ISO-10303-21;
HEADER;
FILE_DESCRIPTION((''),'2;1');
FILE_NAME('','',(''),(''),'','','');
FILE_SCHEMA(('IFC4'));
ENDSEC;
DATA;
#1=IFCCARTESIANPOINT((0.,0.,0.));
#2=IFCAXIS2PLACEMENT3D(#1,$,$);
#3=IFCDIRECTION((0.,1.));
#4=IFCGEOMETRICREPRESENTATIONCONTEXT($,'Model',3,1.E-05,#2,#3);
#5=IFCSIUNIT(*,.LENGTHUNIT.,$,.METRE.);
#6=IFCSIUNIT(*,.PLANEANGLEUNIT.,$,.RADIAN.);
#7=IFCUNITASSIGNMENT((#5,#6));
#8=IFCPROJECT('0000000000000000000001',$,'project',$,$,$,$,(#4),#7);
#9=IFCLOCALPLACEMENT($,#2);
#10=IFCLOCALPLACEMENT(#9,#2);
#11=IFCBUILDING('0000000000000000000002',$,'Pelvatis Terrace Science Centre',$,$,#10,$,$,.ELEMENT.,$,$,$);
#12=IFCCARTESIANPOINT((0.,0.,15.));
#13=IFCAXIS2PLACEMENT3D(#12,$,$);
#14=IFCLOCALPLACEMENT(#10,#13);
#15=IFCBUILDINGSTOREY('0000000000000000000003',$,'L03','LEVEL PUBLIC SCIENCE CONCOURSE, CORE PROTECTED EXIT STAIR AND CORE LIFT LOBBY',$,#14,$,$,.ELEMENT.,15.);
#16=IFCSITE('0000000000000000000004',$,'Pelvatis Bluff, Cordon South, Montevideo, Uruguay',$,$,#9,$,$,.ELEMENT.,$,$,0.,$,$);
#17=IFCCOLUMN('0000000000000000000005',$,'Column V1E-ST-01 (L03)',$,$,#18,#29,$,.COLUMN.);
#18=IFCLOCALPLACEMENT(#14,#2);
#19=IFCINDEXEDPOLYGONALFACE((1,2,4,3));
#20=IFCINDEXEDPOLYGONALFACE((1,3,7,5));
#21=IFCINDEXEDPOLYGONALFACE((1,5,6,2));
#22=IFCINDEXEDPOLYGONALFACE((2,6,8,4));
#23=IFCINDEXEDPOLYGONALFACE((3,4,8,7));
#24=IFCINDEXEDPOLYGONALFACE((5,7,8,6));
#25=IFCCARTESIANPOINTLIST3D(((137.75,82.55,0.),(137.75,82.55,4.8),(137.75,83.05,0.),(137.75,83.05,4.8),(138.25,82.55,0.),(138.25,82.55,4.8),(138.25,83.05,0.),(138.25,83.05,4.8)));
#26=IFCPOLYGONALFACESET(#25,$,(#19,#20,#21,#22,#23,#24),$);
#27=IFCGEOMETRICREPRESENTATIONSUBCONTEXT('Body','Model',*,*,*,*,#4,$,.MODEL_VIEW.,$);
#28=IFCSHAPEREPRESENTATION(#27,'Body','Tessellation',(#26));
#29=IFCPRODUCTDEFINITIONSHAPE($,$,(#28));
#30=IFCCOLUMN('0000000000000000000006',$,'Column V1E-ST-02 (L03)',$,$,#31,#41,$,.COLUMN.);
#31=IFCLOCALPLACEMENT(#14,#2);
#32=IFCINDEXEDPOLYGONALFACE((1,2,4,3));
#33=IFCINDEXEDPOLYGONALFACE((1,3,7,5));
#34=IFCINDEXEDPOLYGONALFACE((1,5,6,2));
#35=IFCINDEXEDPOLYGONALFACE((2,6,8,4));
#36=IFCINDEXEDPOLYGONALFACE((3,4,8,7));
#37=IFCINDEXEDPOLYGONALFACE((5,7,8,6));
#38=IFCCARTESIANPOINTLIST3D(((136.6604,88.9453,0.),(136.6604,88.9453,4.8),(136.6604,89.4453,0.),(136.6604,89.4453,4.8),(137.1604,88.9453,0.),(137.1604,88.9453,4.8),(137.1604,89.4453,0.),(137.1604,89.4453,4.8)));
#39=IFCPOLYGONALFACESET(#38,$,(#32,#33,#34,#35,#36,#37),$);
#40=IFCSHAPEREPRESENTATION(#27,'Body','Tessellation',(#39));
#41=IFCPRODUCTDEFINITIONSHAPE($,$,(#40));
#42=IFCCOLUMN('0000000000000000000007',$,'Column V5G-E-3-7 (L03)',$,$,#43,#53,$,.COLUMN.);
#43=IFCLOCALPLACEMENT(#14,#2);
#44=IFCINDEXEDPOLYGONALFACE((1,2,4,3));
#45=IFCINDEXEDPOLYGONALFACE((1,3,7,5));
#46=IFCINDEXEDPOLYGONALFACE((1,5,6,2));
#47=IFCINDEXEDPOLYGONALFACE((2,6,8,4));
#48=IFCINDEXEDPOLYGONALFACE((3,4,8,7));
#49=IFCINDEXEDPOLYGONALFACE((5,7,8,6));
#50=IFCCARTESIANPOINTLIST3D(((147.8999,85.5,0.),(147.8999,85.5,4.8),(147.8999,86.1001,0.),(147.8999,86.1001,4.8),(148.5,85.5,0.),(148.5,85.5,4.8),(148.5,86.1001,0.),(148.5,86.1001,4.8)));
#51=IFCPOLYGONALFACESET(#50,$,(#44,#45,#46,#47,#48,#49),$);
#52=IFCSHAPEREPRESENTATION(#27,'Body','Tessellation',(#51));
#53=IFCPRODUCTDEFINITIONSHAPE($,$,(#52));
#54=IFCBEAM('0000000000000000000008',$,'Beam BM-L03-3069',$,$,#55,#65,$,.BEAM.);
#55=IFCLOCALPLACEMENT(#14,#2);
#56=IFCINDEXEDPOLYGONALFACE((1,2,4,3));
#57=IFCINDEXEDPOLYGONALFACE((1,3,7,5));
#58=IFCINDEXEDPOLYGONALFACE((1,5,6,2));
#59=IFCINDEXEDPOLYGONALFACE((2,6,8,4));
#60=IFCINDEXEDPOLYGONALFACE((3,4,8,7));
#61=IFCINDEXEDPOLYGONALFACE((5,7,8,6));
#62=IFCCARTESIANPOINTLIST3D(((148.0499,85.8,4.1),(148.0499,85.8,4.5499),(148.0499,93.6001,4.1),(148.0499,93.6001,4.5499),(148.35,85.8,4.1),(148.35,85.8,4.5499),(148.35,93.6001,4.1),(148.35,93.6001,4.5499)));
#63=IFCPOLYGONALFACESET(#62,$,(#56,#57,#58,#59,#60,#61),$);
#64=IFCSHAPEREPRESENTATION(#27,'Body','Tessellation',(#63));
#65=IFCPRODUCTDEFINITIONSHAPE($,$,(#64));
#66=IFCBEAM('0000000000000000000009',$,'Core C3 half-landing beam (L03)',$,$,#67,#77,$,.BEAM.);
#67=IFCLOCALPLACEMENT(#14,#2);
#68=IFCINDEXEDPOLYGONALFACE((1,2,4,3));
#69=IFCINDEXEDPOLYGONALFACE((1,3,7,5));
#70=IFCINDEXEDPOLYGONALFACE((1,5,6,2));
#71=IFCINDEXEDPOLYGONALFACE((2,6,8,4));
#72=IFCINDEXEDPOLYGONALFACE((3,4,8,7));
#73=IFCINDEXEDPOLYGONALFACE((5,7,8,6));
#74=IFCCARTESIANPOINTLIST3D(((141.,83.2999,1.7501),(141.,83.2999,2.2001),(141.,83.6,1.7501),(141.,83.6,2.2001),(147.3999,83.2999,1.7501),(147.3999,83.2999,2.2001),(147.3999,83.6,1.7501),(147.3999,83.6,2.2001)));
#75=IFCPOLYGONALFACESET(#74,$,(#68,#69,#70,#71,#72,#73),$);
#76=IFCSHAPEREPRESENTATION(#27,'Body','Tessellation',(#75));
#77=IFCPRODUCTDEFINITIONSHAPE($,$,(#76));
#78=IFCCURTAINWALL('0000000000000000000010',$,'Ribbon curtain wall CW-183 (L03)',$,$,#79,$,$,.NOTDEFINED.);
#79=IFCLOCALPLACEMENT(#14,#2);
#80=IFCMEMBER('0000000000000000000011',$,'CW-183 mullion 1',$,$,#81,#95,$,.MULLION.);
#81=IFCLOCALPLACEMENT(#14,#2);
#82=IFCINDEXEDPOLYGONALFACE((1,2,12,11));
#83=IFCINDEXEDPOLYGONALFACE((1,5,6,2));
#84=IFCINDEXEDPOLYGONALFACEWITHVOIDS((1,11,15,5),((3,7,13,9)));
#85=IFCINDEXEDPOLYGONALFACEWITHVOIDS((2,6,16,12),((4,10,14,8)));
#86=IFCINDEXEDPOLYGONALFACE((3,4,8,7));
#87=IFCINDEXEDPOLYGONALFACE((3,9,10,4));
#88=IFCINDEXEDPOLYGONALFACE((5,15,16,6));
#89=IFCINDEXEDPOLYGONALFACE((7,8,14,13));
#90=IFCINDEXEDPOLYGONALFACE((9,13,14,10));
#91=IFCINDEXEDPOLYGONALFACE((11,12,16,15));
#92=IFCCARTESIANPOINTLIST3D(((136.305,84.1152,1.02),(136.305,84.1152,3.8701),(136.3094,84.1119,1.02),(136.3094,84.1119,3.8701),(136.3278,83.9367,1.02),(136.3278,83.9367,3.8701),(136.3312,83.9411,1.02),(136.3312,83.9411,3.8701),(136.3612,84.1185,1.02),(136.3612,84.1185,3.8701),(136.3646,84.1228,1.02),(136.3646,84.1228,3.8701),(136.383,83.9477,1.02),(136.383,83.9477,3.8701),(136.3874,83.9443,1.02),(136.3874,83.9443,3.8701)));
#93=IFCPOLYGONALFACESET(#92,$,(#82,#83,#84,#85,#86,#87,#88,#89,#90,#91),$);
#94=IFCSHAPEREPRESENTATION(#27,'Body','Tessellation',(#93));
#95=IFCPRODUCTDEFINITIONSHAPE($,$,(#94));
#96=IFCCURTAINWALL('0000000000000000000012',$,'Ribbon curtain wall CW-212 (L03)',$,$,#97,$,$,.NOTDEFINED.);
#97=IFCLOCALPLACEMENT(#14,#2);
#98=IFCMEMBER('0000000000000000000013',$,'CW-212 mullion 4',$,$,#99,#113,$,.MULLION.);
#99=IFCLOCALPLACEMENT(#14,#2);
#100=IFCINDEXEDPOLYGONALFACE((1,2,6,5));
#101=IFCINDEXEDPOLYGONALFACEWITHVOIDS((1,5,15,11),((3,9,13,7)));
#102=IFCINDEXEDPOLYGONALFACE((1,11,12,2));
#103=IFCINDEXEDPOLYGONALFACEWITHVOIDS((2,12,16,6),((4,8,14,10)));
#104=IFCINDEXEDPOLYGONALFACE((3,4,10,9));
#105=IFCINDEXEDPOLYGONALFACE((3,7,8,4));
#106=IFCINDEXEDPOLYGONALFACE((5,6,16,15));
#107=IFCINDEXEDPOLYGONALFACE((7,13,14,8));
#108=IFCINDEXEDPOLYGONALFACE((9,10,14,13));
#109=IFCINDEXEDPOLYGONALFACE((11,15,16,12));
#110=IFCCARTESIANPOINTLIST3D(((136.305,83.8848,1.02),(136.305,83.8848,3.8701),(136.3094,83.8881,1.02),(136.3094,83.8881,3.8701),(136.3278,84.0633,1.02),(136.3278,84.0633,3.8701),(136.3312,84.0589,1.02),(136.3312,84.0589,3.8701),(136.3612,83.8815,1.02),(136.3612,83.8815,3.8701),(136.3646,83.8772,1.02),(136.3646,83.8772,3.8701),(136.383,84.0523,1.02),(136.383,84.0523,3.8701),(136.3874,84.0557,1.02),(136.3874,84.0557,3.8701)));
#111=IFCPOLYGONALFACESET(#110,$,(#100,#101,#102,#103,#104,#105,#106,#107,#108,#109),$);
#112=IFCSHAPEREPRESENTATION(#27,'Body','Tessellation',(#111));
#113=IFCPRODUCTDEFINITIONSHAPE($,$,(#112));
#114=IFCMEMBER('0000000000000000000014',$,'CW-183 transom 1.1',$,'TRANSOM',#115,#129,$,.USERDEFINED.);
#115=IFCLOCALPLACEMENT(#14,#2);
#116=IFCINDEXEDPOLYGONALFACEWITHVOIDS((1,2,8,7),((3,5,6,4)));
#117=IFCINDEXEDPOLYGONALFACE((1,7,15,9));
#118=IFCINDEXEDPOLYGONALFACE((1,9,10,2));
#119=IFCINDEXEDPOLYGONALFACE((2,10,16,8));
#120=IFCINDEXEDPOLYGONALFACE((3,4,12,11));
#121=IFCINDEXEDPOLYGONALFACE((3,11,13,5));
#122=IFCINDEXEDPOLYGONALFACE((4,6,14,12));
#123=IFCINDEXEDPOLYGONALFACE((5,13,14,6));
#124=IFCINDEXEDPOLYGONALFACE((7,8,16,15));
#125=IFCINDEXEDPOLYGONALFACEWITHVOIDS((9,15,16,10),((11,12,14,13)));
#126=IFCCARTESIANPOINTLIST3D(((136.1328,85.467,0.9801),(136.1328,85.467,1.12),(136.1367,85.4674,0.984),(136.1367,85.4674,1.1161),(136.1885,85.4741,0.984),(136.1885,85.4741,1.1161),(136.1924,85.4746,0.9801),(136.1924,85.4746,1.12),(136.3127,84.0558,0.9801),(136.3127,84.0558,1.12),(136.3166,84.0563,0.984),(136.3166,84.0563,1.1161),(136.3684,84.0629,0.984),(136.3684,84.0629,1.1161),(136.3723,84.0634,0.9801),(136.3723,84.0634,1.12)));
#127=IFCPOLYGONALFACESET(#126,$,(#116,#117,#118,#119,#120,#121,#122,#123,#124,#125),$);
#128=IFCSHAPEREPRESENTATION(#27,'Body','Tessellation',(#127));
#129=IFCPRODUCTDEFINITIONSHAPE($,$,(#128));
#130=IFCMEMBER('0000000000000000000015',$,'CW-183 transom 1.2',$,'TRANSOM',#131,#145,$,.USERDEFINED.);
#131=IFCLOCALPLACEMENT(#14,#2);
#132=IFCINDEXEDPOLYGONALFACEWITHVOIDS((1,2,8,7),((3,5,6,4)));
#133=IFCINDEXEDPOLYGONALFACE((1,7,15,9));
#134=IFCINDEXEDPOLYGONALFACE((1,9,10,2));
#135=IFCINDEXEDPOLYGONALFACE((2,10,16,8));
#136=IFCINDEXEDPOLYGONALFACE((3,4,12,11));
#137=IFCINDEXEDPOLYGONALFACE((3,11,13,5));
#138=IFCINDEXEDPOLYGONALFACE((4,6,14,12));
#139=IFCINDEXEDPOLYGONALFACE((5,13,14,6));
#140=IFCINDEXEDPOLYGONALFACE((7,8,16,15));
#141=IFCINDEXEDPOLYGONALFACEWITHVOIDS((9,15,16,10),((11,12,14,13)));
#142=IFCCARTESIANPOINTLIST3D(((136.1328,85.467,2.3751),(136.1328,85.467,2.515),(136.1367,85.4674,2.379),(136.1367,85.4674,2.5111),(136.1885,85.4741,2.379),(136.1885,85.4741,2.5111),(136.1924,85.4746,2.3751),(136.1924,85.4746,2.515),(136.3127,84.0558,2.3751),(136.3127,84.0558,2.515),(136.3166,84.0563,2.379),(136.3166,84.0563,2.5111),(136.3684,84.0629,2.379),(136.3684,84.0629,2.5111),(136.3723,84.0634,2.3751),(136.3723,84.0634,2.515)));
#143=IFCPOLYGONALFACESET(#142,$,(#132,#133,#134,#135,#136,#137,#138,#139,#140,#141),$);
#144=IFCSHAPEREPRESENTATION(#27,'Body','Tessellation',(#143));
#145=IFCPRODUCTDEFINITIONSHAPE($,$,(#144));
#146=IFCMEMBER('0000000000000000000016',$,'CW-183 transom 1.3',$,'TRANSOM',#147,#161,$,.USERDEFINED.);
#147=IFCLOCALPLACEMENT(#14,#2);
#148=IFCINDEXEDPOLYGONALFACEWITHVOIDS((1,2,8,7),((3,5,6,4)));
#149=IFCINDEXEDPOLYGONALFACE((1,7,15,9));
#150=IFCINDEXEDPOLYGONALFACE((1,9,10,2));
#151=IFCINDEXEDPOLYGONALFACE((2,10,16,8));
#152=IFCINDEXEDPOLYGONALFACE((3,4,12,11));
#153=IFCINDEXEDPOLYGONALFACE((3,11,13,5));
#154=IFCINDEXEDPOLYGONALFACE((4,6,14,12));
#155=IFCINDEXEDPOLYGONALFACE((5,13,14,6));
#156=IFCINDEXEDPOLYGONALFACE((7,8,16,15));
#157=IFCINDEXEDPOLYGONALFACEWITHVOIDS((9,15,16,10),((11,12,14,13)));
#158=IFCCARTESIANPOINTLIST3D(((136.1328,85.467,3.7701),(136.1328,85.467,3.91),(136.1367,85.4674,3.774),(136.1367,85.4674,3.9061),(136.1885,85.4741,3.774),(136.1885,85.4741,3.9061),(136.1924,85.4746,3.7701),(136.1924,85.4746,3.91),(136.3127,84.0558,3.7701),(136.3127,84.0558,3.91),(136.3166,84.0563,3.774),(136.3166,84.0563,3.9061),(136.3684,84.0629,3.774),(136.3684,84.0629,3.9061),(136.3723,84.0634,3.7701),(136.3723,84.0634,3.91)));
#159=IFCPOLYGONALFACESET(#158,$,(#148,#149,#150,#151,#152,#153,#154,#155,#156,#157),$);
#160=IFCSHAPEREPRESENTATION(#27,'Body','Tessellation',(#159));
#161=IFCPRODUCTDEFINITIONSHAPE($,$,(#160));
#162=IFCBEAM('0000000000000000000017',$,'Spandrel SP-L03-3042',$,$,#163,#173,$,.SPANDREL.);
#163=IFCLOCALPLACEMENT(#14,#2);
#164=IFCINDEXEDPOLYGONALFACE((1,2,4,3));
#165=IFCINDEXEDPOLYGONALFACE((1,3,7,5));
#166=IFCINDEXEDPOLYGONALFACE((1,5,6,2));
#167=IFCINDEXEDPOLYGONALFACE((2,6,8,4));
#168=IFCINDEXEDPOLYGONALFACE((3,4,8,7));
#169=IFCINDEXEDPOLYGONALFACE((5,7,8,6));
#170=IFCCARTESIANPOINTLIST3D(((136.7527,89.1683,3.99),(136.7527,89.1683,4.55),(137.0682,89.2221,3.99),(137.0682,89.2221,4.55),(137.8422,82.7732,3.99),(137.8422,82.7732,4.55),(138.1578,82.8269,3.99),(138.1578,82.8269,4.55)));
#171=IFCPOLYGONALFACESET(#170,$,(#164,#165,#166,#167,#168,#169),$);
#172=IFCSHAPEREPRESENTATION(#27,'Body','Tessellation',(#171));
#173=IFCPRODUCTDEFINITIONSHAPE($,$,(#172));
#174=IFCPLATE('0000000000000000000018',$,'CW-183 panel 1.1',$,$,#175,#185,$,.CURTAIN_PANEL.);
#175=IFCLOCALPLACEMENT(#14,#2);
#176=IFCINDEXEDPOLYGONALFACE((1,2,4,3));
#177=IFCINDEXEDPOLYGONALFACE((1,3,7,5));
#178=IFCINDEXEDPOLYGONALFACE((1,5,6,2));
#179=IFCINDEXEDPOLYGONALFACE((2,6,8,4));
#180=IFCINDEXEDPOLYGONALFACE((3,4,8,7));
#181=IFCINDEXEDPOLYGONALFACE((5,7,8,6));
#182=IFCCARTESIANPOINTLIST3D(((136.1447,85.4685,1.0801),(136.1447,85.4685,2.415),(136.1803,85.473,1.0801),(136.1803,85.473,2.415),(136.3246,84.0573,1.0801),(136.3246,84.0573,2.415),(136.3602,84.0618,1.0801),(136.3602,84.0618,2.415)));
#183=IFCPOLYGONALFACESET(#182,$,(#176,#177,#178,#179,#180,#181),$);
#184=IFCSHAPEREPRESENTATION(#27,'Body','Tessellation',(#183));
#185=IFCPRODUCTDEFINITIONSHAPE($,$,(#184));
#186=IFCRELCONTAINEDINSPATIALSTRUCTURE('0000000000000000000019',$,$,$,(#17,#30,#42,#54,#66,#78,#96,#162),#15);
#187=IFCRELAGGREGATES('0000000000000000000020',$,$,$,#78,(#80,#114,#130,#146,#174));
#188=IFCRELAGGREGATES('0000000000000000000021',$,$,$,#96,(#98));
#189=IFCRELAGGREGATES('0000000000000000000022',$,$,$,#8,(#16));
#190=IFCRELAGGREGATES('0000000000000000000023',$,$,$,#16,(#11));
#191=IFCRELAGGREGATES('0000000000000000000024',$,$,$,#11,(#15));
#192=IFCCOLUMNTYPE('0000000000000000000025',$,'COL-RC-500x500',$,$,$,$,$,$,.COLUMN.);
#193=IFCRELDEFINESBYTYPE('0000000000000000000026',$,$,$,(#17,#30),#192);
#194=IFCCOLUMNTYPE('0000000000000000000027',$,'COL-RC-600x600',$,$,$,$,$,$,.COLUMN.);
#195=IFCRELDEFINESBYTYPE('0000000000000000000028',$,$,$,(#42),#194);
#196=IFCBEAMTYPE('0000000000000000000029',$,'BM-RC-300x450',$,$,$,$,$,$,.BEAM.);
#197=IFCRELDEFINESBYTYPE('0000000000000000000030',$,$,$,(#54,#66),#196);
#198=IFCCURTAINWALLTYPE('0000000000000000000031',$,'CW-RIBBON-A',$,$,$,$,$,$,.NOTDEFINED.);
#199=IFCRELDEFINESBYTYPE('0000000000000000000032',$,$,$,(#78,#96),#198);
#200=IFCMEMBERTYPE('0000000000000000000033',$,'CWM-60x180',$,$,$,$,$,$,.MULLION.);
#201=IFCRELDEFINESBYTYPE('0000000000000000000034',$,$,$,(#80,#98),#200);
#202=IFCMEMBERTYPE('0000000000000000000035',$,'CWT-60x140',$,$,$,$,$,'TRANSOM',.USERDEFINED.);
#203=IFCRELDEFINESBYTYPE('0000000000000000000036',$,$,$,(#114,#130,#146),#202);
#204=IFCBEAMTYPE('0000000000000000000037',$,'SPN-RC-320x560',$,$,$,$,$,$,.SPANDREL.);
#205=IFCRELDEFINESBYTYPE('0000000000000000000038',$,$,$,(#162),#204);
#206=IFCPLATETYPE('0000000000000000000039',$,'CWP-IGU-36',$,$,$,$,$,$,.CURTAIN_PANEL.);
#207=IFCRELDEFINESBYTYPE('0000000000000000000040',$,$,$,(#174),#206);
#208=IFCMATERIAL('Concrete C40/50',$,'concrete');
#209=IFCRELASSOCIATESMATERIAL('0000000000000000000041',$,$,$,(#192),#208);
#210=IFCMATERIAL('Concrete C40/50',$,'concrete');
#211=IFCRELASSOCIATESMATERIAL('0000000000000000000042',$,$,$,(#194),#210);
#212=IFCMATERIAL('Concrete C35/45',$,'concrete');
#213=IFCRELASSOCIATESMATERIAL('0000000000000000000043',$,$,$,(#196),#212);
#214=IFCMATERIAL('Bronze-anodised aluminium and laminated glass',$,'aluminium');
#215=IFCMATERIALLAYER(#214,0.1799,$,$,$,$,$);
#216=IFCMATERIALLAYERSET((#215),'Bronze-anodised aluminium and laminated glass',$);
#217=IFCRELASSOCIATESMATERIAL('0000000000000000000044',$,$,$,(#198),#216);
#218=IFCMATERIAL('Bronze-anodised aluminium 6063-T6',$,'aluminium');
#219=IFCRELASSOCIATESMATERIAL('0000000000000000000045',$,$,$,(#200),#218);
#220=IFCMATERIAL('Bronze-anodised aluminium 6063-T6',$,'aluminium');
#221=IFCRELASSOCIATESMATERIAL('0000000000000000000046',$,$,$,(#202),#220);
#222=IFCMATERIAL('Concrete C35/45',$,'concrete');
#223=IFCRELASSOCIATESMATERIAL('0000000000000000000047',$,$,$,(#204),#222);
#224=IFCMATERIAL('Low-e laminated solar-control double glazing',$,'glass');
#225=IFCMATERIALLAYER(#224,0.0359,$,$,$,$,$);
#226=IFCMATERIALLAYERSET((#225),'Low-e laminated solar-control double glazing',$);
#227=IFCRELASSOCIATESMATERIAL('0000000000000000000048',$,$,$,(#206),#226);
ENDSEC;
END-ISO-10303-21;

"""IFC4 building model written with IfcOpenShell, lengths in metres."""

from ifc_helpers import new_model, si_unit, direction, frame, origin, origin_2d, place, context, subcontext, project, spatial, rectangle, hollow_rectangle, extrude, material, layer, layer_set, material_profile, profile_set, type_object, element, aggregate, save


model = new_model("IFC4")

# Units and contexts
model_context = context("Model", 3, precision=1e-05, world=origin(), true_north=direction((0.0, 1.0)))
body_context = subcontext(model_context, "Body", "Model", "MODEL_VIEW")
ifc_project = project(units=[si_unit("LENGTHUNIT", "METRE"), si_unit("PLANEANGLEUNIT", "RADIAN")], contexts=[model_context])

# Site, building, storey
site_placement = place(None, origin())
site = spatial("IfcSite", under=ifc_project, at=site_placement, Name="Pelvatis Bluff, Cordon South, Montevideo, Uruguay", CompositionType="ELEMENT", RefElevation=0.0)
building_placement = place(site_placement, origin())
building = spatial("IfcBuilding", under=site, at=building_placement, Name="Pelvatis Terrace Science Centre", CompositionType="ELEMENT")
storey_placement = place(building_placement, frame((0.0, 0.0, 15.0)))
storey = spatial("IfcBuildingStorey", under=building, at=storey_placement, Name="L03", Description="LEVEL PUBLIC SCIENCE CONCOURSE, CORE PROTECTED EXIT STAIR AND CORE LIFT LOBBY", CompositionType="ELEMENT", Elevation=15.0)

# Columns
ifc_material_1 = material(Name="Concrete C40/50", Category="concrete")
ifc_material_profile_1 = material_profile(ifc_material_1, rectangle(XDim=0.5, YDim=0.5, at=origin_2d()), Name="RC-COL 500x500")
ifc_profile_set_1 = profile_set([ifc_material_profile_1], Name="Concrete C40/50")
column_type_1 = type_object("IfcColumnType", Name="COL-RC-500x500", PredefinedType="COLUMN", material=ifc_profile_set_1)
for number, where, z_axis, x_axis, name in (
    (1, (138.0, 82.8, 0.0), (0.0, 0.0, 1.0), (1.0, 0.0, 0.0), "Column V1E-ST-01 (L03)"),
    (2, (136.9104, 89.1953, 0.0), (0.0, 0.0, 1.0), (1.0, 0.0, 0.0), "Column V1E-ST-02 (L03)"),
):
    element("IfcColumn", number, at=place(storey_placement, frame(where, z_axis=z_axis, x_axis=x_axis)), inside=storey, type_object=column_type_1, Name=name, PredefinedType="COLUMN", context=body_context, shape_type="SweptSolid", body=[
        extrude(rectangle(XDim=0.5, YDim=0.5, at=origin_2d()), origin(), (0.0, 0.0, 1.0), 4.8),
    ])
ifc_material_2 = material(Name="Concrete C40/50", Category="concrete")
ifc_material_profile_2 = material_profile(ifc_material_2, rectangle(XDim=0.6001, YDim=0.6001, at=origin_2d()), Name="RC-COL 600x600")
ifc_profile_set_2 = profile_set([ifc_material_profile_2], Name="Concrete C40/50")
column_type_2 = type_object("IfcColumnType", Name="COL-RC-600x600", PredefinedType="COLUMN", material=ifc_profile_set_2)
column_placement = place(storey_placement, frame((148.2, 85.8, 0.0), z_axis=(0.0, 0.0, 1.0), x_axis=(1.0, 0.0, 0.0)))
element("IfcColumn", 3, at=column_placement, inside=storey, type_object=column_type_2, Name="Column V5G-E-3-7 (L03)", PredefinedType="COLUMN", context=body_context, shape_type="SweptSolid", body=[
    extrude(rectangle(XDim=0.6001, YDim=0.6001, at=origin_2d()), origin(), (0.0, 0.0, 1.0), 4.8),
])

# Beams
ifc_material_3 = material(Name="Concrete C35/45", Category="concrete")
ifc_material_profile_3 = material_profile(ifc_material_3, rectangle(XDim=0.3, YDim=0.45, at=origin_2d()), Name="RC-BM 300x450")
ifc_profile_set_3 = profile_set([ifc_material_profile_3], Name="Concrete C35/45")
beam_type_1 = type_object("IfcBeamType", Name="BM-RC-300x450", PredefinedType="BEAM", material=ifc_profile_set_3)
beam_1_placement = place(storey_placement, frame((148.2, 85.8, 4.325), z_axis=(0.0, 1.0, 0.0), x_axis=(-1.0, 0.0, 0.0)))
element("IfcBeam", 4, at=beam_1_placement, inside=storey, type_object=beam_type_1, Name="Beam BM-L03-3069", PredefinedType="BEAM", context=body_context, shape_type="SweptSolid", body=[
    extrude(rectangle(XDim=0.3, YDim=0.45, at=origin_2d()), origin(), (0.0, 0.0, 1.0), 7.8),
])
beam_2_placement = place(storey_placement, frame((141.0, 83.45, 1.9751), z_axis=(1.0, 0.0, 0.0), x_axis=(0.0, 1.0, 0.0)))
element("IfcBeam", 5, at=beam_2_placement, inside=storey, type_object=beam_type_1, Name="Core C3 half-landing beam (L03)", PredefinedType="BEAM", context=body_context, shape_type="SweptSolid", body=[
    extrude(rectangle(XDim=0.3, YDim=0.45, at=origin_2d()), origin(), (0.0, 0.0, 1.0), 6.3999),
])

# Curtain walls, members
ifc_material_4 = material(Name="Bronze-anodised aluminium and laminated glass", Category="aluminium")
ifc_layer_1 = layer(ifc_material_4, 0.1799)
ifc_layer_set_1 = layer_set([ifc_layer_1], Name="Bronze-anodised aluminium and laminated glass")
curtain_wall_type = type_object("IfcCurtainWallType", Name="CW-RIBBON-A", PredefinedType="NOTDEFINED", material=ifc_layer_set_1)
curtain_wall_1_placement = place(storey_placement, origin())
curtain_wall_1 = element("IfcCurtainWall", 6, at=curtain_wall_1_placement, inside=storey, type_object=curtain_wall_type, Name="Ribbon curtain wall CW-183 (L03)", PredefinedType="NOTDEFINED")
ifc_material_5 = material(Name="Bronze-anodised aluminium 6063-T6", Category="aluminium")
ifc_material_profile_4 = material_profile(ifc_material_5, hollow_rectangle(XDim=0.0601, YDim=0.1799, WallThickness=0.0039, at=origin_2d()), Name="ALU-MUL 60x180")
ifc_profile_set_4 = profile_set([ifc_material_profile_4], Name="Bronze-anodised aluminium 6063-T6")
member_type_1 = type_object("IfcMemberType", Name="CWM-60x180", PredefinedType="MULLION", material=ifc_profile_set_4)
member_1_placement = place(storey_placement, frame((136.3462, 84.0298, 1.02), z_axis=(0.0, 0.0, 1.0), x_axis=(-0.991978, -0.126408, 0.0)))
member_1 = element("IfcMember", 7, at=member_1_placement, type_object=member_type_1, Name="CW-183 mullion 1", PredefinedType="MULLION", context=body_context, shape_type="SweptSolid", body=[
    extrude(hollow_rectangle(XDim=0.0601, YDim=0.1799, WallThickness=0.0039, at=origin_2d()), origin(), (0.0, 0.0, 1.0), 2.8501),
])
curtain_wall_2_placement = place(storey_placement, origin())
curtain_wall_2 = element("IfcCurtainWall", 8, at=curtain_wall_2_placement, inside=storey, type_object=curtain_wall_type, Name="Ribbon curtain wall CW-212 (L03)", PredefinedType="NOTDEFINED")
member_2_placement = place(storey_placement, frame((136.3462, 83.9702, 1.02), z_axis=(0.0, 0.0, 1.0), x_axis=(-0.991978, 0.126408, 0.0)))
member_2 = element("IfcMember", 9, at=member_2_placement, type_object=member_type_1, Name="CW-212 mullion 4", PredefinedType="MULLION", context=body_context, shape_type="SweptSolid", body=[
    extrude(hollow_rectangle(XDim=0.0601, YDim=0.1799, WallThickness=0.0039, at=origin_2d()), origin(), (0.0, 0.0, 1.0), 2.8501),
])

# Members
ifc_material_6 = material(Name="Bronze-anodised aluminium 6063-T6", Category="aluminium")
ifc_material_profile_5 = material_profile(ifc_material_6, hollow_rectangle(XDim=0.0601, YDim=0.1399, WallThickness=0.0039, at=origin_2d()), Name="ALU-TRN 60x140")
ifc_profile_set_5 = profile_set([ifc_material_profile_5], Name="Bronze-anodised aluminium 6063-T6")
member_type_2 = type_object("IfcMemberType", Name="CWT-60x140", ElementType="TRANSOM", PredefinedType="USERDEFINED", material=ifc_profile_set_5)
member_3_placement = place(storey_placement, frame((136.3425, 84.0596, 1.05), z_axis=(-0.126485, 0.991969, 0.0), x_axis=(-0.991969, -0.126485, 0.0)))
member_3 = element("IfcMember", 10, at=member_3_placement, type_object=member_type_2, Name="CW-183 transom 1.1", ObjectType="TRANSOM", PredefinedType="USERDEFINED", context=body_context, shape_type="SweptSolid", body=[
    extrude(hollow_rectangle(XDim=0.0601, YDim=0.1399, WallThickness=0.0039, at=origin_2d()), origin(), (0.0, 0.0, 1.0), 1.4226),
])
member_4_placement = place(storey_placement, frame((136.3425, 84.0596, 2.4451), z_axis=(-0.126485, 0.991969, 0.0), x_axis=(-0.991969, -0.126485, 0.0)))
member_4 = element("IfcMember", 11, at=member_4_placement, type_object=member_type_2, Name="CW-183 transom 1.2", ObjectType="TRANSOM", PredefinedType="USERDEFINED", context=body_context, shape_type="SweptSolid", body=[
    extrude(hollow_rectangle(XDim=0.0601, YDim=0.1399, WallThickness=0.0039, at=origin_2d()), origin(), (0.0, 0.0, 1.0), 1.4226),
])
member_5_placement = place(storey_placement, frame((136.3425, 84.0596, 3.8401), z_axis=(-0.126485, 0.991969, 0.0), x_axis=(-0.991969, -0.126485, 0.0)))
member_5 = element("IfcMember", 12, at=member_5_placement, type_object=member_type_2, Name="CW-183 transom 1.3", ObjectType="TRANSOM", PredefinedType="USERDEFINED", context=body_context, shape_type="SweptSolid", body=[
    extrude(hollow_rectangle(XDim=0.0601, YDim=0.1399, WallThickness=0.0039, at=origin_2d()), origin(), (0.0, 0.0, 1.0), 1.4226),
])

# Beam
ifc_material_7 = material(Name="Concrete C35/45", Category="concrete")
ifc_material_profile_6 = material_profile(ifc_material_7, rectangle(XDim=0.3201, YDim=0.5601, at=origin_2d()), Name="RC-SPN 320x560")
ifc_profile_set_6 = profile_set([ifc_material_profile_6], Name="Concrete C35/45")
beam_type_2 = type_object("IfcBeamType", Name="SPN-RC-320x560", PredefinedType="SPANDREL", material=ifc_profile_set_6)
beam_3_placement = place(storey_placement, frame((138.0, 82.8, 4.27), z_axis=(-0.167956, 0.985795, 0.0), x_axis=(-0.985795, -0.167956, 0.0)))
element("IfcBeam", 13, at=beam_3_placement, inside=storey, type_object=beam_type_2, Name="Spandrel SP-L03-3042", PredefinedType="SPANDREL", context=body_context, shape_type="SweptSolid", body=[
    extrude(rectangle(XDim=0.3201, YDim=0.5601, at=origin_2d()), origin(), (0.0, 0.0, 1.0), 6.4873),
])

# Plate
ifc_material_8 = material(Name="Low-e laminated solar-control double glazing", Category="glass")
ifc_layer_2 = layer(ifc_material_8, 0.0359)
ifc_layer_set_2 = layer_set([ifc_layer_2], Name="Low-e laminated solar-control double glazing")
plate_type_1 = type_object("IfcPlateType", Name="CWP-IGU-36", PredefinedType="CURTAIN_PANEL", material=ifc_layer_set_2)
plate_1_placement = place(storey_placement, frame((136.2524, 84.7651, 1.0801), z_axis=(0.0, 0.0, 1.0), x_axis=(-0.126408, 0.991978, 0.0)))
plate_1 = element("IfcPlate", 14, at=plate_1_placement, type_object=plate_type_1, Name="CW-183 panel 1.1", PredefinedType="CURTAIN_PANEL", context=body_context, shape_type="SweptSolid", body=[
    extrude(rectangle(XDim=1.4226, YDim=0.0359, at=origin_2d()), origin(), (0.0, 0.0, 1.0), 1.335),
])
aggregate(curtain_wall_1, [member_1, member_3, member_4, member_5, plate_1])
aggregate(curtain_wall_2, [member_2])

save(model, "model.ifc")
